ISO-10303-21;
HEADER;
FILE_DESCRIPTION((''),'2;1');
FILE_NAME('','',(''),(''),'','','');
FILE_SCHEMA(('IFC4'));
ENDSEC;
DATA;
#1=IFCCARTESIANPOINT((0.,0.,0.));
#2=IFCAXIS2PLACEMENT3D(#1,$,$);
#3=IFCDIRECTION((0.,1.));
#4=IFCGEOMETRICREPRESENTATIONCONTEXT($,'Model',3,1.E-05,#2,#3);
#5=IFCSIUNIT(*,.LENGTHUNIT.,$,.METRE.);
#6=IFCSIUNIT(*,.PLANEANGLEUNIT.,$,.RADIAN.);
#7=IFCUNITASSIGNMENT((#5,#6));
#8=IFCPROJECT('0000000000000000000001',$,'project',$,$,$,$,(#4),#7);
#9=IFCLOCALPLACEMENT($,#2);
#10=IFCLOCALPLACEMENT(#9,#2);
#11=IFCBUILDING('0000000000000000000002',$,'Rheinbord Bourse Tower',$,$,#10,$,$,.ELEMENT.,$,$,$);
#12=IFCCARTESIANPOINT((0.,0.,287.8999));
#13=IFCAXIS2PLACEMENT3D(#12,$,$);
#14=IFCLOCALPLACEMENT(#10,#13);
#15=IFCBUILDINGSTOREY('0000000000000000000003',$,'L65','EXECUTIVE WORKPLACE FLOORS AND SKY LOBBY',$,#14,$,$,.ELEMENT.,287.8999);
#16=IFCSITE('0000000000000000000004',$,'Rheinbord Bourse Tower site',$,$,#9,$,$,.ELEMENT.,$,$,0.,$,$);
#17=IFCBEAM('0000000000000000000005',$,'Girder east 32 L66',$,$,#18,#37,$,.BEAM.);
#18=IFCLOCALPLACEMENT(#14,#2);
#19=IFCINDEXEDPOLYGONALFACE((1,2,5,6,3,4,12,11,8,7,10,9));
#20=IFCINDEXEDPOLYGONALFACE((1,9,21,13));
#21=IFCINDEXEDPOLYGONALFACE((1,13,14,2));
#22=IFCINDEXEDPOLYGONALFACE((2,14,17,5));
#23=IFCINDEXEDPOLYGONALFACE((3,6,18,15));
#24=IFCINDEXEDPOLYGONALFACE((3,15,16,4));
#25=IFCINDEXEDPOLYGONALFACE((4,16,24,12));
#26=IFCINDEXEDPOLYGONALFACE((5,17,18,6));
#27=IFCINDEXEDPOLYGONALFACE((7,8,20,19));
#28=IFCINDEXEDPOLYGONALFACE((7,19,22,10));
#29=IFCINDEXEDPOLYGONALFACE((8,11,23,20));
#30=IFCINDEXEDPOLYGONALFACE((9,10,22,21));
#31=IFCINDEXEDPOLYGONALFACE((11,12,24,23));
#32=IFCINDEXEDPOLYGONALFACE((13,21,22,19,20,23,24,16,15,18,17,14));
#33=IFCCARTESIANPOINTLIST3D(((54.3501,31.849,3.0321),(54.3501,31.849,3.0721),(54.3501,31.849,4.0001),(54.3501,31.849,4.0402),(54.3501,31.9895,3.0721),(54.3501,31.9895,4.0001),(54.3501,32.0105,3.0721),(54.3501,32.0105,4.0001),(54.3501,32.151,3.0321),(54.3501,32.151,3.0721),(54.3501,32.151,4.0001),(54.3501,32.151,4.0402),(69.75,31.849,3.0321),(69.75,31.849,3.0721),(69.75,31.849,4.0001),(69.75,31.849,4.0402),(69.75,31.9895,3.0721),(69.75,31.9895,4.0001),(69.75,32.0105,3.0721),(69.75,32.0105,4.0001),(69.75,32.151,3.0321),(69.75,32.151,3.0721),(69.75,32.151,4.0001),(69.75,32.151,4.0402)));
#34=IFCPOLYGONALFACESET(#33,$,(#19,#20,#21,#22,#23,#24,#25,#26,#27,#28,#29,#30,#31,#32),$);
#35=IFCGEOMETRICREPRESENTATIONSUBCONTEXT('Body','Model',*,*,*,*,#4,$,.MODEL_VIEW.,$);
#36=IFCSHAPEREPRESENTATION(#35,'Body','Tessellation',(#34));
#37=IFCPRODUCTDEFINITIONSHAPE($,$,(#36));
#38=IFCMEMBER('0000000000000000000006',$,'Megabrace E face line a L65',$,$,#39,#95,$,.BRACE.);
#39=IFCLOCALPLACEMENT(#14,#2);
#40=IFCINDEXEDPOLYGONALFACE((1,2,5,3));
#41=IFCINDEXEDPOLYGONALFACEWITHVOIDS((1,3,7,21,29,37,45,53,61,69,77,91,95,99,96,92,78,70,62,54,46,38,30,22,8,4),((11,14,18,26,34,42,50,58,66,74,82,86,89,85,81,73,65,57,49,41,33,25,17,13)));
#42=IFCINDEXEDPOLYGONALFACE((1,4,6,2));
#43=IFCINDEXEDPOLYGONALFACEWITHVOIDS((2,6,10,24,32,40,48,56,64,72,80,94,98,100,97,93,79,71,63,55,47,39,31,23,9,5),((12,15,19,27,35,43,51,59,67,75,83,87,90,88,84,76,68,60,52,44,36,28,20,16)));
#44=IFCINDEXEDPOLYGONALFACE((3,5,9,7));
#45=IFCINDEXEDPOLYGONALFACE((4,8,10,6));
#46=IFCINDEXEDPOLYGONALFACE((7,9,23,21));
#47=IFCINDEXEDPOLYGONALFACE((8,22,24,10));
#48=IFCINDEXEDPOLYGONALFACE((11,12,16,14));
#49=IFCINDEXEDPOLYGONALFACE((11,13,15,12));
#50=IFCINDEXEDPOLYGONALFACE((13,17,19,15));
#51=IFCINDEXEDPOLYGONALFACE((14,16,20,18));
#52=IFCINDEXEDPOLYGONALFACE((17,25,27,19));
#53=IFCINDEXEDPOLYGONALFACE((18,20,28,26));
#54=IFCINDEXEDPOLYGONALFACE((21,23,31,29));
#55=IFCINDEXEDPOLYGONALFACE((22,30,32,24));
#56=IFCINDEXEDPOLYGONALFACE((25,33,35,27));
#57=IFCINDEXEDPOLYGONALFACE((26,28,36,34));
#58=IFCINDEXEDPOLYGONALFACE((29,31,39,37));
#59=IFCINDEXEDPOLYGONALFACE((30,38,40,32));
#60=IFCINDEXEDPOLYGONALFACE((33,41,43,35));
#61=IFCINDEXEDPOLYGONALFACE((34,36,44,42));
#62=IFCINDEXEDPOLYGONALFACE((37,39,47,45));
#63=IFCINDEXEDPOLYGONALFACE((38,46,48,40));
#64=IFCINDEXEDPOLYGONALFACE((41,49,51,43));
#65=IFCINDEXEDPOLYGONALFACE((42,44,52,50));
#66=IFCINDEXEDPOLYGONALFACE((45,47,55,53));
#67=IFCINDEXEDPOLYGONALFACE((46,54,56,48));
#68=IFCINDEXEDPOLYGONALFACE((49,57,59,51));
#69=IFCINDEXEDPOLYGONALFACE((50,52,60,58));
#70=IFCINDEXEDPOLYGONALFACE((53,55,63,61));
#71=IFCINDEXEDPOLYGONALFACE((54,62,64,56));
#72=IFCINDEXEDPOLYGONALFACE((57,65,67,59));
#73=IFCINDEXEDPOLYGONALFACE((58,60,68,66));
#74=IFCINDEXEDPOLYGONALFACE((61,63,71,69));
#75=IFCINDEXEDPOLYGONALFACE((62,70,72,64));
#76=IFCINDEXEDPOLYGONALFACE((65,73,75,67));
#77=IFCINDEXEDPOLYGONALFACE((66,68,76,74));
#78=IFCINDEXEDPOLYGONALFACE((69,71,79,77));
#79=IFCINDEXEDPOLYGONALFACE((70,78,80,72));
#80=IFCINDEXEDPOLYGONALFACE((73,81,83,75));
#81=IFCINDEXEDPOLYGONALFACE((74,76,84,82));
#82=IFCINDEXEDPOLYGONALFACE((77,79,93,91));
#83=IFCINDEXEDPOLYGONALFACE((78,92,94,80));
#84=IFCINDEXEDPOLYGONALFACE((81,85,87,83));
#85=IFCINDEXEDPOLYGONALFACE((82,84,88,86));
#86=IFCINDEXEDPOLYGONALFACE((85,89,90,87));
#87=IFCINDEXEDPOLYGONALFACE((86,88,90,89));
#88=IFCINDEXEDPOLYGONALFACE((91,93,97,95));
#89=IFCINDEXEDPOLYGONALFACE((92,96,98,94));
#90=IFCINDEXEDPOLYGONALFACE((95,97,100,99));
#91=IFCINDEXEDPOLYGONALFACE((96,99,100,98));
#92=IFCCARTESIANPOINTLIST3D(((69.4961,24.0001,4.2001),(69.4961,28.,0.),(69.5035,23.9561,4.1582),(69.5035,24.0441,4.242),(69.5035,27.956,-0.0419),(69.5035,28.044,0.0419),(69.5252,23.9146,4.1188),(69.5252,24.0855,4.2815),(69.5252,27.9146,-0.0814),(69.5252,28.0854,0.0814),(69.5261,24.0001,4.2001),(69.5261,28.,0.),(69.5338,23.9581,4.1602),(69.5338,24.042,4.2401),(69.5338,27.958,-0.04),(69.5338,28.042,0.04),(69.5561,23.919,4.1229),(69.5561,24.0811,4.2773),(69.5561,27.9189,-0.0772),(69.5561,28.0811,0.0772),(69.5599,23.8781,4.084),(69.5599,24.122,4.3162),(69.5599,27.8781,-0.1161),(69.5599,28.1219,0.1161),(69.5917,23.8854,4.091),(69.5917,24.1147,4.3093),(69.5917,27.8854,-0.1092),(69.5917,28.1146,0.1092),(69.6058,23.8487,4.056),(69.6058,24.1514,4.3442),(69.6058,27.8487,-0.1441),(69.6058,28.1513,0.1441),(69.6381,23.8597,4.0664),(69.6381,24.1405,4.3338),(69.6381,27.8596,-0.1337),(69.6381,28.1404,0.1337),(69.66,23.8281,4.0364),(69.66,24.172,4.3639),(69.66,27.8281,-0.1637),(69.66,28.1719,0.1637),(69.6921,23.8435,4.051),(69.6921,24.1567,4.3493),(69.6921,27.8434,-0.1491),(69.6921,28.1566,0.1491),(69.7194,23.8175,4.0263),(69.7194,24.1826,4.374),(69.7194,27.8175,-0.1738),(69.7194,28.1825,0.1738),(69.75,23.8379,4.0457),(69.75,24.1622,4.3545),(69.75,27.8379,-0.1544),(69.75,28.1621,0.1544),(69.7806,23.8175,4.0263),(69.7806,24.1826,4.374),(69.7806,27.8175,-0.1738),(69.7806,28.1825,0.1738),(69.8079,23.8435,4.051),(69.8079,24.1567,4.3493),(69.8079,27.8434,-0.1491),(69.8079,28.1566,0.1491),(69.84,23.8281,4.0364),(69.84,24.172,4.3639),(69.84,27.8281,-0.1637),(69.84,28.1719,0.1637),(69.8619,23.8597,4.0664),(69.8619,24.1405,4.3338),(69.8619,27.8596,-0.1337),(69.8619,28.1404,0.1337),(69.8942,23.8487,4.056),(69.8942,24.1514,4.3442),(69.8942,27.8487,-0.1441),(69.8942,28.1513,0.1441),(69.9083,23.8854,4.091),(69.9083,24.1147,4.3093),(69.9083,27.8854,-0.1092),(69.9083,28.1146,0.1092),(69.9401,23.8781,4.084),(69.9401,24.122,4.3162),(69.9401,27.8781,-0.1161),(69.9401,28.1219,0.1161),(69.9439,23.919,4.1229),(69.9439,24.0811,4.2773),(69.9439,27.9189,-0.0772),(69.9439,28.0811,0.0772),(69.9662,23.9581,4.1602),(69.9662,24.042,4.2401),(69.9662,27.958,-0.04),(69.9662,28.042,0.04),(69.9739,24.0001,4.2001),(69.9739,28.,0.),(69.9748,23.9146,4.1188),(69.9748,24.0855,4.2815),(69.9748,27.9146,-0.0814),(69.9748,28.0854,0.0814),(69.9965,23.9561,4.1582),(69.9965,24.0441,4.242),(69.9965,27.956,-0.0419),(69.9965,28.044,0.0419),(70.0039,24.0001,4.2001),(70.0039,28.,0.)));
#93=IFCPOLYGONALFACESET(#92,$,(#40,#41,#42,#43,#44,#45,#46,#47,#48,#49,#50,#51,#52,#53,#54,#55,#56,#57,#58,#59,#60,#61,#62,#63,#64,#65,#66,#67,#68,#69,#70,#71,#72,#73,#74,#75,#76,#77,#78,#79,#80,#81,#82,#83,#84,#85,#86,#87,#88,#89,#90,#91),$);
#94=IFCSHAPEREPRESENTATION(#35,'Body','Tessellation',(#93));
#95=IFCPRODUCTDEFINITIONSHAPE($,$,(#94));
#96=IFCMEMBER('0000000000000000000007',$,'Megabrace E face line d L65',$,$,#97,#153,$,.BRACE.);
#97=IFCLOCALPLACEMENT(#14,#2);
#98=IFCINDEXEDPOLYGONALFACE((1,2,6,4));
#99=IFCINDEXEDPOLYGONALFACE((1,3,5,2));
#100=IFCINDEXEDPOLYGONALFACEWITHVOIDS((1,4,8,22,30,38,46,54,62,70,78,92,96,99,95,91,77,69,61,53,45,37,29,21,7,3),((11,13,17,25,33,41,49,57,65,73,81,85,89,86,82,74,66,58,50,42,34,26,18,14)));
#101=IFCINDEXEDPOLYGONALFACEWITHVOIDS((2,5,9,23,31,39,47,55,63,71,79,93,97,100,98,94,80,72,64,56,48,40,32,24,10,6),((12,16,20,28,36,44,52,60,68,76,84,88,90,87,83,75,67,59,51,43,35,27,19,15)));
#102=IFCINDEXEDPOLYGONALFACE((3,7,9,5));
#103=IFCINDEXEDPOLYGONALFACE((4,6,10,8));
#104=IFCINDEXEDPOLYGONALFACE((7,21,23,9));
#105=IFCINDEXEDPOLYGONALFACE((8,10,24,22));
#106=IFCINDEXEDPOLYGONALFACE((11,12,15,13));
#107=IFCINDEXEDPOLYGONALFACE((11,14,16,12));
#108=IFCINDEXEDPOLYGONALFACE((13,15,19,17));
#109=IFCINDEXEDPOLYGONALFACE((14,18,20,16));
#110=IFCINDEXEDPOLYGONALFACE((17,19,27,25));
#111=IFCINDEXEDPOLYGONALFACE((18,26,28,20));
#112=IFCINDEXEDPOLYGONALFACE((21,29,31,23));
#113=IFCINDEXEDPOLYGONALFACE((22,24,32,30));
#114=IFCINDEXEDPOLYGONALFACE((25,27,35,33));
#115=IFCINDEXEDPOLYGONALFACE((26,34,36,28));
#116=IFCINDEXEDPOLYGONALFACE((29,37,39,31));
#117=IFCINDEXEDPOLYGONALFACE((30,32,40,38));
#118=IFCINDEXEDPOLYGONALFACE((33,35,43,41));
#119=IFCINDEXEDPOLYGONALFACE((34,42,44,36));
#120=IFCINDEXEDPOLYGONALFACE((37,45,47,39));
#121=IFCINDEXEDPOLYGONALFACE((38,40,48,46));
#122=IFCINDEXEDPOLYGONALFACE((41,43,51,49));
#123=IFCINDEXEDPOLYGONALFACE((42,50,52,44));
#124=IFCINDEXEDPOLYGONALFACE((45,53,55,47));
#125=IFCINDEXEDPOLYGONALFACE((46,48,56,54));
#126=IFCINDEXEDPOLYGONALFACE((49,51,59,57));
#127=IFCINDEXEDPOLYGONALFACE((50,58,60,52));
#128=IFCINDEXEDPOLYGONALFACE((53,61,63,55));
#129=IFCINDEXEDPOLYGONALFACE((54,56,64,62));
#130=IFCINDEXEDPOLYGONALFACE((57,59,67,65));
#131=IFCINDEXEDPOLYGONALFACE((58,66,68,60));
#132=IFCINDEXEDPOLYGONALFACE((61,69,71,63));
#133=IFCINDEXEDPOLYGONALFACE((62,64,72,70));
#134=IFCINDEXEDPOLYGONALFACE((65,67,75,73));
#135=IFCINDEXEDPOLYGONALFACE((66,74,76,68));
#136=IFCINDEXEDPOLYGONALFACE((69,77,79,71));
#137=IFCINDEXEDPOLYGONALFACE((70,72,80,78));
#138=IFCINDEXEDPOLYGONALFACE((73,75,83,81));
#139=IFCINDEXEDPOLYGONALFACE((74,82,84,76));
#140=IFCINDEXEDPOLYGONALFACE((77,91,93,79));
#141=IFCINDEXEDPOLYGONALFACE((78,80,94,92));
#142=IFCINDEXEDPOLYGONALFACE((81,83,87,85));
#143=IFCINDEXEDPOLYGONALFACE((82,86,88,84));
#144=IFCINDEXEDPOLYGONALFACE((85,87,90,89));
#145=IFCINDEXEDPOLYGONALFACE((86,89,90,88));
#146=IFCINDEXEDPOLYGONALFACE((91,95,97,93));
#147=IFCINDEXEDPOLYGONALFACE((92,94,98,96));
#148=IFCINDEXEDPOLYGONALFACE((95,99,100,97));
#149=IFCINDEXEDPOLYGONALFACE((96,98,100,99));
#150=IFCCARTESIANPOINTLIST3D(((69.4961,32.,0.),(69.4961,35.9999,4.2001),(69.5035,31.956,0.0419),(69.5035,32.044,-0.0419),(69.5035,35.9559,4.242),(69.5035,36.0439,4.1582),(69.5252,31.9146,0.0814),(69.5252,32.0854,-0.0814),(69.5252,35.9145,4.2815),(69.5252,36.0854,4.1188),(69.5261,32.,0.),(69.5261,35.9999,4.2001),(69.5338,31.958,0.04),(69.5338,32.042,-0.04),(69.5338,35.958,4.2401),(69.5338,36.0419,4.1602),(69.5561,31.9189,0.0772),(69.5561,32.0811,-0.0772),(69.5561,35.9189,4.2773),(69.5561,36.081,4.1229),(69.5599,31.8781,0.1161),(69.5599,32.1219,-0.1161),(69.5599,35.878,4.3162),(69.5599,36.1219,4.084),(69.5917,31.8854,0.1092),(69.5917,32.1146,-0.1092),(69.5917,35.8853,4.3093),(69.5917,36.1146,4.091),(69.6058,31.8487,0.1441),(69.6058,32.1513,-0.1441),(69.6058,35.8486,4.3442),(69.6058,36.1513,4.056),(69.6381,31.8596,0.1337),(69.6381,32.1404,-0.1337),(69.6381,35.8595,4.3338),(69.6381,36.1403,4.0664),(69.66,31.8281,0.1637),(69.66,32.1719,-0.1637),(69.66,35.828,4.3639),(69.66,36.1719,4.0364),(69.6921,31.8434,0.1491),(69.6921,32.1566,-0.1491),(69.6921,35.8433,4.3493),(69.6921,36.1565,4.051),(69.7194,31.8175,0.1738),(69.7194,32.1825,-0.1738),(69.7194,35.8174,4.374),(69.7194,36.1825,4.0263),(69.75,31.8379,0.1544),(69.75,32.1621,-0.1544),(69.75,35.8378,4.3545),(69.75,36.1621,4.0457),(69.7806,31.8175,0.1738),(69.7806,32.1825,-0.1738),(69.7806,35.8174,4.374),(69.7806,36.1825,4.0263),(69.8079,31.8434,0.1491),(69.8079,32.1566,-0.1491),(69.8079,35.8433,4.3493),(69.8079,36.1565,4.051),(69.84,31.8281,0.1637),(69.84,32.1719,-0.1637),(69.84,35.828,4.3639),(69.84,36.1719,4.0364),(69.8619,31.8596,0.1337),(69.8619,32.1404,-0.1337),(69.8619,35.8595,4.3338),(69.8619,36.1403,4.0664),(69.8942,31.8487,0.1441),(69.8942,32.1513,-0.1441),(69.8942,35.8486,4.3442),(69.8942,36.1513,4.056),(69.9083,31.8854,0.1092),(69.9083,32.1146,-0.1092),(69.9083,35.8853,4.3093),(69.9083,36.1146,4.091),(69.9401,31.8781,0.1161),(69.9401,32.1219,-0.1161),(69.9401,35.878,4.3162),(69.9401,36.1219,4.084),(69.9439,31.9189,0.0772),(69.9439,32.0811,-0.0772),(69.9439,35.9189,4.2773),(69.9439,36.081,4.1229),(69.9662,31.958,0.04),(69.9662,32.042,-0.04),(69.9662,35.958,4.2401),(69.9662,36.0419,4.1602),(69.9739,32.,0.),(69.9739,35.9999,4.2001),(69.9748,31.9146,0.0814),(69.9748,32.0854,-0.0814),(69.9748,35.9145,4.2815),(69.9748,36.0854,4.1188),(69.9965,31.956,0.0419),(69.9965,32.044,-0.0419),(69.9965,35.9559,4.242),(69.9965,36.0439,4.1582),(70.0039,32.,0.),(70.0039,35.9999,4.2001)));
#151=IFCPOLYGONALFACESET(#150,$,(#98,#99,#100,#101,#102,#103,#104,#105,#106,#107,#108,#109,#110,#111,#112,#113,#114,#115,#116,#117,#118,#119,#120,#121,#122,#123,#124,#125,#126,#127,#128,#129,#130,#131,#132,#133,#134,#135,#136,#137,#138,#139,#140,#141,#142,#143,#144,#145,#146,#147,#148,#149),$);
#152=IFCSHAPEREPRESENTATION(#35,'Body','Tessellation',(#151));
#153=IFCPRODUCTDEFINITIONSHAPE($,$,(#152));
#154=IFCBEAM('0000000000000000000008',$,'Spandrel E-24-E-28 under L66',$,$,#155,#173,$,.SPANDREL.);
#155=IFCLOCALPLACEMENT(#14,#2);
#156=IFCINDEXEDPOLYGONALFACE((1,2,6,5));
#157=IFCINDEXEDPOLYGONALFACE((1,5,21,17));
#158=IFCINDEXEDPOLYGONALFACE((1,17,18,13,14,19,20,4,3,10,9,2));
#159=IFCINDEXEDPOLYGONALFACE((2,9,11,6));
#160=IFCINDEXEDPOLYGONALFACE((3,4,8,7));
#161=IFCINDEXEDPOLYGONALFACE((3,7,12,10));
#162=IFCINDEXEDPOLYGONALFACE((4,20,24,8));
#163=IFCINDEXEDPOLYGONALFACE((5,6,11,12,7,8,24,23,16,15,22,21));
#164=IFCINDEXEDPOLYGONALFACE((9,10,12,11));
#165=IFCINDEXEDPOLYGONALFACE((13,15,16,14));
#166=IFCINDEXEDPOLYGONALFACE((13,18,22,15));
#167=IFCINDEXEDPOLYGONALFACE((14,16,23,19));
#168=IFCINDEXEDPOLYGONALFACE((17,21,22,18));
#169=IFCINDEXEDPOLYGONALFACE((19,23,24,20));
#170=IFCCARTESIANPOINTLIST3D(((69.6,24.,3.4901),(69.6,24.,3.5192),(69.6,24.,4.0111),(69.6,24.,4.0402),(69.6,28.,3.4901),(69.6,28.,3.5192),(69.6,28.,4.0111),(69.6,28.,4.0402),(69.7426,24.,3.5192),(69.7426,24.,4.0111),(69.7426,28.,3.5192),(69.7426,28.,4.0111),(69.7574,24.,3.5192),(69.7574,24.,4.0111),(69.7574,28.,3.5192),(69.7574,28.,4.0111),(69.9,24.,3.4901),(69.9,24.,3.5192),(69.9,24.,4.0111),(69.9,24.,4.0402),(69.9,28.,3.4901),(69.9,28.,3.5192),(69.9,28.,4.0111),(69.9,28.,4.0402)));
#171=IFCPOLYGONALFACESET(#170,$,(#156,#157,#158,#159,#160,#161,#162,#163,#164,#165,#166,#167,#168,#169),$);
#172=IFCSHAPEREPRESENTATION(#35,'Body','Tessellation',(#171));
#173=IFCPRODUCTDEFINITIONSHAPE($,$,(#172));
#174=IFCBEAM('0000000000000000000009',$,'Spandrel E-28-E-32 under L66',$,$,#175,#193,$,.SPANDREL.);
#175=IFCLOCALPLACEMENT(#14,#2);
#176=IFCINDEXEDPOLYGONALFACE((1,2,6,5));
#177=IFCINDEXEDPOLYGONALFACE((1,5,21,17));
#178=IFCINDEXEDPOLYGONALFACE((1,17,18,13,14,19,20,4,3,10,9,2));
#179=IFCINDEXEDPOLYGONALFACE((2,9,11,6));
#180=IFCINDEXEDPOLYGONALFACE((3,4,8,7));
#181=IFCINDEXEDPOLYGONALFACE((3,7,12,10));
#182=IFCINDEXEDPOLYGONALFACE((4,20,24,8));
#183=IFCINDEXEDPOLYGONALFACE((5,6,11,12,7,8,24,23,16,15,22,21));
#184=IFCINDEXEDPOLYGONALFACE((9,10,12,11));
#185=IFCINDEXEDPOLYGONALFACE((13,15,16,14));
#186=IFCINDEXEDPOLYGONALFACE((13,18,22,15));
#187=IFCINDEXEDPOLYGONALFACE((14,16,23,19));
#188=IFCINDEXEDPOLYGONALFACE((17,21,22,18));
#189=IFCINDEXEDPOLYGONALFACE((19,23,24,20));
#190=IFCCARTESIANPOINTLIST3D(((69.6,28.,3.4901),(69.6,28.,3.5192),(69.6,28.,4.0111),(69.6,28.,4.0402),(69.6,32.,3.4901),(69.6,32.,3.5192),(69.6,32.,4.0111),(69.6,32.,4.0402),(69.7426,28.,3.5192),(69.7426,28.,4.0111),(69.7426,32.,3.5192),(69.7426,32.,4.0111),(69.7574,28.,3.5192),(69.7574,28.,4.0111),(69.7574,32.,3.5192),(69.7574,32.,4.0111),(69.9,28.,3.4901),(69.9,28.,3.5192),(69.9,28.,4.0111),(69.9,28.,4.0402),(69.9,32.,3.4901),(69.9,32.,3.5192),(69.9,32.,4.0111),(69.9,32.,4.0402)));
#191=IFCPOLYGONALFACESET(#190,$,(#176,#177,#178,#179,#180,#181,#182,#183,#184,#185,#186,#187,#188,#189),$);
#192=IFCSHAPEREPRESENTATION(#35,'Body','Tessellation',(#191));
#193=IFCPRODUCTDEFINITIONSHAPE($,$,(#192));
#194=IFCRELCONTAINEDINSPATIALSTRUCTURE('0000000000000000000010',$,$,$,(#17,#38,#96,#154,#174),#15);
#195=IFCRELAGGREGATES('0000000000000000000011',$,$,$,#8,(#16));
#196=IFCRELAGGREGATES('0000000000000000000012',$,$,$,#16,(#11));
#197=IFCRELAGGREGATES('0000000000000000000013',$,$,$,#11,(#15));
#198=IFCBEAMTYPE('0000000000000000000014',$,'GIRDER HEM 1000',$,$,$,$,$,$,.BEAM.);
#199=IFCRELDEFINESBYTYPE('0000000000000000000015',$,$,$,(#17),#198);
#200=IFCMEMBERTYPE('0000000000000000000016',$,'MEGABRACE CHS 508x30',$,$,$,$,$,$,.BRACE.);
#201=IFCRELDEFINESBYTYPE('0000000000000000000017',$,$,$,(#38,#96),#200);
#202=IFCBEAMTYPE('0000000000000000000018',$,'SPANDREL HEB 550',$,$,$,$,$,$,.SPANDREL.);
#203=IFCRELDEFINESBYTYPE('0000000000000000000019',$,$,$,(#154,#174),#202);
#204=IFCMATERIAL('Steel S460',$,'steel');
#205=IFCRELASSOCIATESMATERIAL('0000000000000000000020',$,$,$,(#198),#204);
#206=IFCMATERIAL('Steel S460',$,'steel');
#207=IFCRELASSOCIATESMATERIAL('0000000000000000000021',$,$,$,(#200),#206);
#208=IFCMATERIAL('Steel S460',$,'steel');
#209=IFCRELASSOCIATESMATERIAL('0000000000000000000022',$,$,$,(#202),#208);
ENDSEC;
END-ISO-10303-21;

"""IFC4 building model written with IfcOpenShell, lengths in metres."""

from ifc_helpers import new_model, si_unit, direction, frame, origin, origin_2d, place, context, subcontext, project, spatial, hollow_circle, i_section, extrude, material, material_profile, profile_set, type_object, element, save


model = new_model("IFC4")

# Units and contexts
model_context = context("Model", 3, precision=1e-05, world=origin(), true_north=direction((0.0, 1.0)))
body_context = subcontext(model_context, "Body", "Model", "MODEL_VIEW")
ifc_project = project(units=[si_unit("LENGTHUNIT", "METRE"), si_unit("PLANEANGLEUNIT", "RADIAN")], contexts=[model_context])

# Site, building, storey
site_placement = place(None, origin())
site = spatial("IfcSite", under=ifc_project, at=site_placement, Name="Rheinbord Bourse Tower site", CompositionType="ELEMENT", RefElevation=0.0)
building_placement = place(site_placement, origin())
building = spatial("IfcBuilding", under=site, at=building_placement, Name="Rheinbord Bourse Tower", CompositionType="ELEMENT")
storey_placement = place(building_placement, frame((0.0, 0.0, 287.8999)))
storey = spatial("IfcBuildingStorey", under=building, at=storey_placement, Name="L65", Description="EXECUTIVE WORKPLACE FLOORS AND SKY LOBBY", CompositionType="ELEMENT", Elevation=287.8999)

# Beam
ifc_material_1 = material(Name="Steel S460", Category="steel")
ifc_material_profile_1 = material_profile(ifc_material_1, i_section(OverallWidth=0.302, OverallDepth=1.0081, WebThickness=0.021, FlangeThickness=0.04, at=origin_2d()), Name="HEM 1000")
ifc_profile_set_1 = profile_set([ifc_material_profile_1], Name="Steel S460")
beam_type_1 = type_object("IfcBeamType", Name="GIRDER HEM 1000", PredefinedType="BEAM", material=ifc_profile_set_1)
beam_placement = place(storey_placement, frame((54.3501, 32.0, 3.5361), z_axis=(1.0, 0.0, 0.0), x_axis=(0.0, 1.0, 0.0)))
element("IfcBeam", 1, at=beam_placement, inside=storey, type_object=beam_type_1, Name="Girder east 32 L66", PredefinedType="BEAM", context=body_context, shape_type="SweptSolid", body=[
    extrude(i_section(OverallWidth=0.302, OverallDepth=1.0081, WebThickness=0.021, FlangeThickness=0.04, at=origin_2d()), origin(), (0.0, 0.0, 1.0), 15.3999),
])

# Members
ifc_material_2 = material(Name="Steel S460", Category="steel")
ifc_material_profile_2 = material_profile(ifc_material_2, hollow_circle(Radius=0.2539, WallThickness=0.03, at=origin_2d()), Name="CHS 508x30")
ifc_profile_set_2 = profile_set([ifc_material_profile_2], Name="Steel S460")
member_type_1 = type_object("IfcMemberType", Name="MEGABRACE CHS 508x30", PredefinedType="BRACE", material=ifc_profile_set_2)
for number, where, z_axis, x_axis, name in (
    (2, (69.75, 28.0, 0.0), (0.0, -0.689638, 0.724154), (1.0, 0.0, 0.0), "Megabrace E face line a L65"),
    (3, (69.75, 32.0, 0.0), (0.0, 0.689638, 0.724154), (-1.0, 0.0, 0.0), "Megabrace E face line d L65"),
):
    element("IfcMember", number, at=place(storey_placement, frame(where, z_axis=z_axis, x_axis=x_axis)), inside=storey, type_object=member_type_1, Name=name, PredefinedType="BRACE", context=body_context, shape_type="SweptSolid", body=[
        extrude(hollow_circle(Radius=0.2539, WallThickness=0.03, at=origin_2d()), origin(), (0.0, 0.0, 1.0), 5.8),
    ])

# Beams
ifc_material_3 = material(Name="Steel S460", Category="steel")
ifc_material_profile_3 = material_profile(ifc_material_3, i_section(OverallWidth=0.3, OverallDepth=0.55, WebThickness=0.0149, FlangeThickness=0.0291, at=origin_2d()), Name="HEB 550")
ifc_profile_set_3 = profile_set([ifc_material_profile_3], Name="Steel S460")
beam_type_2 = type_object("IfcBeamType", Name="SPANDREL HEB 550", PredefinedType="SPANDREL", material=ifc_profile_set_3)
for number, where, z_axis, x_axis, name in (
    (4, (69.75, 24.0, 3.7651), (0.0, 1.0, 0.0), (-1.0, 0.0, 0.0), "Spandrel E-24-E-28 under L66"),
    (5, (69.75, 28.0, 3.7651), (0.0, 1.0, 0.0), (-1.0, 0.0, 0.0), "Spandrel E-28-E-32 under L66"),
):
    element("IfcBeam", number, at=place(storey_placement, frame(where, z_axis=z_axis, x_axis=x_axis)), inside=storey, type_object=beam_type_2, Name=name, PredefinedType="SPANDREL", context=body_context, shape_type="SweptSolid", body=[
        extrude(i_section(OverallWidth=0.3, OverallDepth=0.55, WebThickness=0.0149, FlangeThickness=0.0291, at=origin_2d()), origin(), (0.0, 0.0, 1.0), 4.0),
    ])

save(model, "model.ifc")
